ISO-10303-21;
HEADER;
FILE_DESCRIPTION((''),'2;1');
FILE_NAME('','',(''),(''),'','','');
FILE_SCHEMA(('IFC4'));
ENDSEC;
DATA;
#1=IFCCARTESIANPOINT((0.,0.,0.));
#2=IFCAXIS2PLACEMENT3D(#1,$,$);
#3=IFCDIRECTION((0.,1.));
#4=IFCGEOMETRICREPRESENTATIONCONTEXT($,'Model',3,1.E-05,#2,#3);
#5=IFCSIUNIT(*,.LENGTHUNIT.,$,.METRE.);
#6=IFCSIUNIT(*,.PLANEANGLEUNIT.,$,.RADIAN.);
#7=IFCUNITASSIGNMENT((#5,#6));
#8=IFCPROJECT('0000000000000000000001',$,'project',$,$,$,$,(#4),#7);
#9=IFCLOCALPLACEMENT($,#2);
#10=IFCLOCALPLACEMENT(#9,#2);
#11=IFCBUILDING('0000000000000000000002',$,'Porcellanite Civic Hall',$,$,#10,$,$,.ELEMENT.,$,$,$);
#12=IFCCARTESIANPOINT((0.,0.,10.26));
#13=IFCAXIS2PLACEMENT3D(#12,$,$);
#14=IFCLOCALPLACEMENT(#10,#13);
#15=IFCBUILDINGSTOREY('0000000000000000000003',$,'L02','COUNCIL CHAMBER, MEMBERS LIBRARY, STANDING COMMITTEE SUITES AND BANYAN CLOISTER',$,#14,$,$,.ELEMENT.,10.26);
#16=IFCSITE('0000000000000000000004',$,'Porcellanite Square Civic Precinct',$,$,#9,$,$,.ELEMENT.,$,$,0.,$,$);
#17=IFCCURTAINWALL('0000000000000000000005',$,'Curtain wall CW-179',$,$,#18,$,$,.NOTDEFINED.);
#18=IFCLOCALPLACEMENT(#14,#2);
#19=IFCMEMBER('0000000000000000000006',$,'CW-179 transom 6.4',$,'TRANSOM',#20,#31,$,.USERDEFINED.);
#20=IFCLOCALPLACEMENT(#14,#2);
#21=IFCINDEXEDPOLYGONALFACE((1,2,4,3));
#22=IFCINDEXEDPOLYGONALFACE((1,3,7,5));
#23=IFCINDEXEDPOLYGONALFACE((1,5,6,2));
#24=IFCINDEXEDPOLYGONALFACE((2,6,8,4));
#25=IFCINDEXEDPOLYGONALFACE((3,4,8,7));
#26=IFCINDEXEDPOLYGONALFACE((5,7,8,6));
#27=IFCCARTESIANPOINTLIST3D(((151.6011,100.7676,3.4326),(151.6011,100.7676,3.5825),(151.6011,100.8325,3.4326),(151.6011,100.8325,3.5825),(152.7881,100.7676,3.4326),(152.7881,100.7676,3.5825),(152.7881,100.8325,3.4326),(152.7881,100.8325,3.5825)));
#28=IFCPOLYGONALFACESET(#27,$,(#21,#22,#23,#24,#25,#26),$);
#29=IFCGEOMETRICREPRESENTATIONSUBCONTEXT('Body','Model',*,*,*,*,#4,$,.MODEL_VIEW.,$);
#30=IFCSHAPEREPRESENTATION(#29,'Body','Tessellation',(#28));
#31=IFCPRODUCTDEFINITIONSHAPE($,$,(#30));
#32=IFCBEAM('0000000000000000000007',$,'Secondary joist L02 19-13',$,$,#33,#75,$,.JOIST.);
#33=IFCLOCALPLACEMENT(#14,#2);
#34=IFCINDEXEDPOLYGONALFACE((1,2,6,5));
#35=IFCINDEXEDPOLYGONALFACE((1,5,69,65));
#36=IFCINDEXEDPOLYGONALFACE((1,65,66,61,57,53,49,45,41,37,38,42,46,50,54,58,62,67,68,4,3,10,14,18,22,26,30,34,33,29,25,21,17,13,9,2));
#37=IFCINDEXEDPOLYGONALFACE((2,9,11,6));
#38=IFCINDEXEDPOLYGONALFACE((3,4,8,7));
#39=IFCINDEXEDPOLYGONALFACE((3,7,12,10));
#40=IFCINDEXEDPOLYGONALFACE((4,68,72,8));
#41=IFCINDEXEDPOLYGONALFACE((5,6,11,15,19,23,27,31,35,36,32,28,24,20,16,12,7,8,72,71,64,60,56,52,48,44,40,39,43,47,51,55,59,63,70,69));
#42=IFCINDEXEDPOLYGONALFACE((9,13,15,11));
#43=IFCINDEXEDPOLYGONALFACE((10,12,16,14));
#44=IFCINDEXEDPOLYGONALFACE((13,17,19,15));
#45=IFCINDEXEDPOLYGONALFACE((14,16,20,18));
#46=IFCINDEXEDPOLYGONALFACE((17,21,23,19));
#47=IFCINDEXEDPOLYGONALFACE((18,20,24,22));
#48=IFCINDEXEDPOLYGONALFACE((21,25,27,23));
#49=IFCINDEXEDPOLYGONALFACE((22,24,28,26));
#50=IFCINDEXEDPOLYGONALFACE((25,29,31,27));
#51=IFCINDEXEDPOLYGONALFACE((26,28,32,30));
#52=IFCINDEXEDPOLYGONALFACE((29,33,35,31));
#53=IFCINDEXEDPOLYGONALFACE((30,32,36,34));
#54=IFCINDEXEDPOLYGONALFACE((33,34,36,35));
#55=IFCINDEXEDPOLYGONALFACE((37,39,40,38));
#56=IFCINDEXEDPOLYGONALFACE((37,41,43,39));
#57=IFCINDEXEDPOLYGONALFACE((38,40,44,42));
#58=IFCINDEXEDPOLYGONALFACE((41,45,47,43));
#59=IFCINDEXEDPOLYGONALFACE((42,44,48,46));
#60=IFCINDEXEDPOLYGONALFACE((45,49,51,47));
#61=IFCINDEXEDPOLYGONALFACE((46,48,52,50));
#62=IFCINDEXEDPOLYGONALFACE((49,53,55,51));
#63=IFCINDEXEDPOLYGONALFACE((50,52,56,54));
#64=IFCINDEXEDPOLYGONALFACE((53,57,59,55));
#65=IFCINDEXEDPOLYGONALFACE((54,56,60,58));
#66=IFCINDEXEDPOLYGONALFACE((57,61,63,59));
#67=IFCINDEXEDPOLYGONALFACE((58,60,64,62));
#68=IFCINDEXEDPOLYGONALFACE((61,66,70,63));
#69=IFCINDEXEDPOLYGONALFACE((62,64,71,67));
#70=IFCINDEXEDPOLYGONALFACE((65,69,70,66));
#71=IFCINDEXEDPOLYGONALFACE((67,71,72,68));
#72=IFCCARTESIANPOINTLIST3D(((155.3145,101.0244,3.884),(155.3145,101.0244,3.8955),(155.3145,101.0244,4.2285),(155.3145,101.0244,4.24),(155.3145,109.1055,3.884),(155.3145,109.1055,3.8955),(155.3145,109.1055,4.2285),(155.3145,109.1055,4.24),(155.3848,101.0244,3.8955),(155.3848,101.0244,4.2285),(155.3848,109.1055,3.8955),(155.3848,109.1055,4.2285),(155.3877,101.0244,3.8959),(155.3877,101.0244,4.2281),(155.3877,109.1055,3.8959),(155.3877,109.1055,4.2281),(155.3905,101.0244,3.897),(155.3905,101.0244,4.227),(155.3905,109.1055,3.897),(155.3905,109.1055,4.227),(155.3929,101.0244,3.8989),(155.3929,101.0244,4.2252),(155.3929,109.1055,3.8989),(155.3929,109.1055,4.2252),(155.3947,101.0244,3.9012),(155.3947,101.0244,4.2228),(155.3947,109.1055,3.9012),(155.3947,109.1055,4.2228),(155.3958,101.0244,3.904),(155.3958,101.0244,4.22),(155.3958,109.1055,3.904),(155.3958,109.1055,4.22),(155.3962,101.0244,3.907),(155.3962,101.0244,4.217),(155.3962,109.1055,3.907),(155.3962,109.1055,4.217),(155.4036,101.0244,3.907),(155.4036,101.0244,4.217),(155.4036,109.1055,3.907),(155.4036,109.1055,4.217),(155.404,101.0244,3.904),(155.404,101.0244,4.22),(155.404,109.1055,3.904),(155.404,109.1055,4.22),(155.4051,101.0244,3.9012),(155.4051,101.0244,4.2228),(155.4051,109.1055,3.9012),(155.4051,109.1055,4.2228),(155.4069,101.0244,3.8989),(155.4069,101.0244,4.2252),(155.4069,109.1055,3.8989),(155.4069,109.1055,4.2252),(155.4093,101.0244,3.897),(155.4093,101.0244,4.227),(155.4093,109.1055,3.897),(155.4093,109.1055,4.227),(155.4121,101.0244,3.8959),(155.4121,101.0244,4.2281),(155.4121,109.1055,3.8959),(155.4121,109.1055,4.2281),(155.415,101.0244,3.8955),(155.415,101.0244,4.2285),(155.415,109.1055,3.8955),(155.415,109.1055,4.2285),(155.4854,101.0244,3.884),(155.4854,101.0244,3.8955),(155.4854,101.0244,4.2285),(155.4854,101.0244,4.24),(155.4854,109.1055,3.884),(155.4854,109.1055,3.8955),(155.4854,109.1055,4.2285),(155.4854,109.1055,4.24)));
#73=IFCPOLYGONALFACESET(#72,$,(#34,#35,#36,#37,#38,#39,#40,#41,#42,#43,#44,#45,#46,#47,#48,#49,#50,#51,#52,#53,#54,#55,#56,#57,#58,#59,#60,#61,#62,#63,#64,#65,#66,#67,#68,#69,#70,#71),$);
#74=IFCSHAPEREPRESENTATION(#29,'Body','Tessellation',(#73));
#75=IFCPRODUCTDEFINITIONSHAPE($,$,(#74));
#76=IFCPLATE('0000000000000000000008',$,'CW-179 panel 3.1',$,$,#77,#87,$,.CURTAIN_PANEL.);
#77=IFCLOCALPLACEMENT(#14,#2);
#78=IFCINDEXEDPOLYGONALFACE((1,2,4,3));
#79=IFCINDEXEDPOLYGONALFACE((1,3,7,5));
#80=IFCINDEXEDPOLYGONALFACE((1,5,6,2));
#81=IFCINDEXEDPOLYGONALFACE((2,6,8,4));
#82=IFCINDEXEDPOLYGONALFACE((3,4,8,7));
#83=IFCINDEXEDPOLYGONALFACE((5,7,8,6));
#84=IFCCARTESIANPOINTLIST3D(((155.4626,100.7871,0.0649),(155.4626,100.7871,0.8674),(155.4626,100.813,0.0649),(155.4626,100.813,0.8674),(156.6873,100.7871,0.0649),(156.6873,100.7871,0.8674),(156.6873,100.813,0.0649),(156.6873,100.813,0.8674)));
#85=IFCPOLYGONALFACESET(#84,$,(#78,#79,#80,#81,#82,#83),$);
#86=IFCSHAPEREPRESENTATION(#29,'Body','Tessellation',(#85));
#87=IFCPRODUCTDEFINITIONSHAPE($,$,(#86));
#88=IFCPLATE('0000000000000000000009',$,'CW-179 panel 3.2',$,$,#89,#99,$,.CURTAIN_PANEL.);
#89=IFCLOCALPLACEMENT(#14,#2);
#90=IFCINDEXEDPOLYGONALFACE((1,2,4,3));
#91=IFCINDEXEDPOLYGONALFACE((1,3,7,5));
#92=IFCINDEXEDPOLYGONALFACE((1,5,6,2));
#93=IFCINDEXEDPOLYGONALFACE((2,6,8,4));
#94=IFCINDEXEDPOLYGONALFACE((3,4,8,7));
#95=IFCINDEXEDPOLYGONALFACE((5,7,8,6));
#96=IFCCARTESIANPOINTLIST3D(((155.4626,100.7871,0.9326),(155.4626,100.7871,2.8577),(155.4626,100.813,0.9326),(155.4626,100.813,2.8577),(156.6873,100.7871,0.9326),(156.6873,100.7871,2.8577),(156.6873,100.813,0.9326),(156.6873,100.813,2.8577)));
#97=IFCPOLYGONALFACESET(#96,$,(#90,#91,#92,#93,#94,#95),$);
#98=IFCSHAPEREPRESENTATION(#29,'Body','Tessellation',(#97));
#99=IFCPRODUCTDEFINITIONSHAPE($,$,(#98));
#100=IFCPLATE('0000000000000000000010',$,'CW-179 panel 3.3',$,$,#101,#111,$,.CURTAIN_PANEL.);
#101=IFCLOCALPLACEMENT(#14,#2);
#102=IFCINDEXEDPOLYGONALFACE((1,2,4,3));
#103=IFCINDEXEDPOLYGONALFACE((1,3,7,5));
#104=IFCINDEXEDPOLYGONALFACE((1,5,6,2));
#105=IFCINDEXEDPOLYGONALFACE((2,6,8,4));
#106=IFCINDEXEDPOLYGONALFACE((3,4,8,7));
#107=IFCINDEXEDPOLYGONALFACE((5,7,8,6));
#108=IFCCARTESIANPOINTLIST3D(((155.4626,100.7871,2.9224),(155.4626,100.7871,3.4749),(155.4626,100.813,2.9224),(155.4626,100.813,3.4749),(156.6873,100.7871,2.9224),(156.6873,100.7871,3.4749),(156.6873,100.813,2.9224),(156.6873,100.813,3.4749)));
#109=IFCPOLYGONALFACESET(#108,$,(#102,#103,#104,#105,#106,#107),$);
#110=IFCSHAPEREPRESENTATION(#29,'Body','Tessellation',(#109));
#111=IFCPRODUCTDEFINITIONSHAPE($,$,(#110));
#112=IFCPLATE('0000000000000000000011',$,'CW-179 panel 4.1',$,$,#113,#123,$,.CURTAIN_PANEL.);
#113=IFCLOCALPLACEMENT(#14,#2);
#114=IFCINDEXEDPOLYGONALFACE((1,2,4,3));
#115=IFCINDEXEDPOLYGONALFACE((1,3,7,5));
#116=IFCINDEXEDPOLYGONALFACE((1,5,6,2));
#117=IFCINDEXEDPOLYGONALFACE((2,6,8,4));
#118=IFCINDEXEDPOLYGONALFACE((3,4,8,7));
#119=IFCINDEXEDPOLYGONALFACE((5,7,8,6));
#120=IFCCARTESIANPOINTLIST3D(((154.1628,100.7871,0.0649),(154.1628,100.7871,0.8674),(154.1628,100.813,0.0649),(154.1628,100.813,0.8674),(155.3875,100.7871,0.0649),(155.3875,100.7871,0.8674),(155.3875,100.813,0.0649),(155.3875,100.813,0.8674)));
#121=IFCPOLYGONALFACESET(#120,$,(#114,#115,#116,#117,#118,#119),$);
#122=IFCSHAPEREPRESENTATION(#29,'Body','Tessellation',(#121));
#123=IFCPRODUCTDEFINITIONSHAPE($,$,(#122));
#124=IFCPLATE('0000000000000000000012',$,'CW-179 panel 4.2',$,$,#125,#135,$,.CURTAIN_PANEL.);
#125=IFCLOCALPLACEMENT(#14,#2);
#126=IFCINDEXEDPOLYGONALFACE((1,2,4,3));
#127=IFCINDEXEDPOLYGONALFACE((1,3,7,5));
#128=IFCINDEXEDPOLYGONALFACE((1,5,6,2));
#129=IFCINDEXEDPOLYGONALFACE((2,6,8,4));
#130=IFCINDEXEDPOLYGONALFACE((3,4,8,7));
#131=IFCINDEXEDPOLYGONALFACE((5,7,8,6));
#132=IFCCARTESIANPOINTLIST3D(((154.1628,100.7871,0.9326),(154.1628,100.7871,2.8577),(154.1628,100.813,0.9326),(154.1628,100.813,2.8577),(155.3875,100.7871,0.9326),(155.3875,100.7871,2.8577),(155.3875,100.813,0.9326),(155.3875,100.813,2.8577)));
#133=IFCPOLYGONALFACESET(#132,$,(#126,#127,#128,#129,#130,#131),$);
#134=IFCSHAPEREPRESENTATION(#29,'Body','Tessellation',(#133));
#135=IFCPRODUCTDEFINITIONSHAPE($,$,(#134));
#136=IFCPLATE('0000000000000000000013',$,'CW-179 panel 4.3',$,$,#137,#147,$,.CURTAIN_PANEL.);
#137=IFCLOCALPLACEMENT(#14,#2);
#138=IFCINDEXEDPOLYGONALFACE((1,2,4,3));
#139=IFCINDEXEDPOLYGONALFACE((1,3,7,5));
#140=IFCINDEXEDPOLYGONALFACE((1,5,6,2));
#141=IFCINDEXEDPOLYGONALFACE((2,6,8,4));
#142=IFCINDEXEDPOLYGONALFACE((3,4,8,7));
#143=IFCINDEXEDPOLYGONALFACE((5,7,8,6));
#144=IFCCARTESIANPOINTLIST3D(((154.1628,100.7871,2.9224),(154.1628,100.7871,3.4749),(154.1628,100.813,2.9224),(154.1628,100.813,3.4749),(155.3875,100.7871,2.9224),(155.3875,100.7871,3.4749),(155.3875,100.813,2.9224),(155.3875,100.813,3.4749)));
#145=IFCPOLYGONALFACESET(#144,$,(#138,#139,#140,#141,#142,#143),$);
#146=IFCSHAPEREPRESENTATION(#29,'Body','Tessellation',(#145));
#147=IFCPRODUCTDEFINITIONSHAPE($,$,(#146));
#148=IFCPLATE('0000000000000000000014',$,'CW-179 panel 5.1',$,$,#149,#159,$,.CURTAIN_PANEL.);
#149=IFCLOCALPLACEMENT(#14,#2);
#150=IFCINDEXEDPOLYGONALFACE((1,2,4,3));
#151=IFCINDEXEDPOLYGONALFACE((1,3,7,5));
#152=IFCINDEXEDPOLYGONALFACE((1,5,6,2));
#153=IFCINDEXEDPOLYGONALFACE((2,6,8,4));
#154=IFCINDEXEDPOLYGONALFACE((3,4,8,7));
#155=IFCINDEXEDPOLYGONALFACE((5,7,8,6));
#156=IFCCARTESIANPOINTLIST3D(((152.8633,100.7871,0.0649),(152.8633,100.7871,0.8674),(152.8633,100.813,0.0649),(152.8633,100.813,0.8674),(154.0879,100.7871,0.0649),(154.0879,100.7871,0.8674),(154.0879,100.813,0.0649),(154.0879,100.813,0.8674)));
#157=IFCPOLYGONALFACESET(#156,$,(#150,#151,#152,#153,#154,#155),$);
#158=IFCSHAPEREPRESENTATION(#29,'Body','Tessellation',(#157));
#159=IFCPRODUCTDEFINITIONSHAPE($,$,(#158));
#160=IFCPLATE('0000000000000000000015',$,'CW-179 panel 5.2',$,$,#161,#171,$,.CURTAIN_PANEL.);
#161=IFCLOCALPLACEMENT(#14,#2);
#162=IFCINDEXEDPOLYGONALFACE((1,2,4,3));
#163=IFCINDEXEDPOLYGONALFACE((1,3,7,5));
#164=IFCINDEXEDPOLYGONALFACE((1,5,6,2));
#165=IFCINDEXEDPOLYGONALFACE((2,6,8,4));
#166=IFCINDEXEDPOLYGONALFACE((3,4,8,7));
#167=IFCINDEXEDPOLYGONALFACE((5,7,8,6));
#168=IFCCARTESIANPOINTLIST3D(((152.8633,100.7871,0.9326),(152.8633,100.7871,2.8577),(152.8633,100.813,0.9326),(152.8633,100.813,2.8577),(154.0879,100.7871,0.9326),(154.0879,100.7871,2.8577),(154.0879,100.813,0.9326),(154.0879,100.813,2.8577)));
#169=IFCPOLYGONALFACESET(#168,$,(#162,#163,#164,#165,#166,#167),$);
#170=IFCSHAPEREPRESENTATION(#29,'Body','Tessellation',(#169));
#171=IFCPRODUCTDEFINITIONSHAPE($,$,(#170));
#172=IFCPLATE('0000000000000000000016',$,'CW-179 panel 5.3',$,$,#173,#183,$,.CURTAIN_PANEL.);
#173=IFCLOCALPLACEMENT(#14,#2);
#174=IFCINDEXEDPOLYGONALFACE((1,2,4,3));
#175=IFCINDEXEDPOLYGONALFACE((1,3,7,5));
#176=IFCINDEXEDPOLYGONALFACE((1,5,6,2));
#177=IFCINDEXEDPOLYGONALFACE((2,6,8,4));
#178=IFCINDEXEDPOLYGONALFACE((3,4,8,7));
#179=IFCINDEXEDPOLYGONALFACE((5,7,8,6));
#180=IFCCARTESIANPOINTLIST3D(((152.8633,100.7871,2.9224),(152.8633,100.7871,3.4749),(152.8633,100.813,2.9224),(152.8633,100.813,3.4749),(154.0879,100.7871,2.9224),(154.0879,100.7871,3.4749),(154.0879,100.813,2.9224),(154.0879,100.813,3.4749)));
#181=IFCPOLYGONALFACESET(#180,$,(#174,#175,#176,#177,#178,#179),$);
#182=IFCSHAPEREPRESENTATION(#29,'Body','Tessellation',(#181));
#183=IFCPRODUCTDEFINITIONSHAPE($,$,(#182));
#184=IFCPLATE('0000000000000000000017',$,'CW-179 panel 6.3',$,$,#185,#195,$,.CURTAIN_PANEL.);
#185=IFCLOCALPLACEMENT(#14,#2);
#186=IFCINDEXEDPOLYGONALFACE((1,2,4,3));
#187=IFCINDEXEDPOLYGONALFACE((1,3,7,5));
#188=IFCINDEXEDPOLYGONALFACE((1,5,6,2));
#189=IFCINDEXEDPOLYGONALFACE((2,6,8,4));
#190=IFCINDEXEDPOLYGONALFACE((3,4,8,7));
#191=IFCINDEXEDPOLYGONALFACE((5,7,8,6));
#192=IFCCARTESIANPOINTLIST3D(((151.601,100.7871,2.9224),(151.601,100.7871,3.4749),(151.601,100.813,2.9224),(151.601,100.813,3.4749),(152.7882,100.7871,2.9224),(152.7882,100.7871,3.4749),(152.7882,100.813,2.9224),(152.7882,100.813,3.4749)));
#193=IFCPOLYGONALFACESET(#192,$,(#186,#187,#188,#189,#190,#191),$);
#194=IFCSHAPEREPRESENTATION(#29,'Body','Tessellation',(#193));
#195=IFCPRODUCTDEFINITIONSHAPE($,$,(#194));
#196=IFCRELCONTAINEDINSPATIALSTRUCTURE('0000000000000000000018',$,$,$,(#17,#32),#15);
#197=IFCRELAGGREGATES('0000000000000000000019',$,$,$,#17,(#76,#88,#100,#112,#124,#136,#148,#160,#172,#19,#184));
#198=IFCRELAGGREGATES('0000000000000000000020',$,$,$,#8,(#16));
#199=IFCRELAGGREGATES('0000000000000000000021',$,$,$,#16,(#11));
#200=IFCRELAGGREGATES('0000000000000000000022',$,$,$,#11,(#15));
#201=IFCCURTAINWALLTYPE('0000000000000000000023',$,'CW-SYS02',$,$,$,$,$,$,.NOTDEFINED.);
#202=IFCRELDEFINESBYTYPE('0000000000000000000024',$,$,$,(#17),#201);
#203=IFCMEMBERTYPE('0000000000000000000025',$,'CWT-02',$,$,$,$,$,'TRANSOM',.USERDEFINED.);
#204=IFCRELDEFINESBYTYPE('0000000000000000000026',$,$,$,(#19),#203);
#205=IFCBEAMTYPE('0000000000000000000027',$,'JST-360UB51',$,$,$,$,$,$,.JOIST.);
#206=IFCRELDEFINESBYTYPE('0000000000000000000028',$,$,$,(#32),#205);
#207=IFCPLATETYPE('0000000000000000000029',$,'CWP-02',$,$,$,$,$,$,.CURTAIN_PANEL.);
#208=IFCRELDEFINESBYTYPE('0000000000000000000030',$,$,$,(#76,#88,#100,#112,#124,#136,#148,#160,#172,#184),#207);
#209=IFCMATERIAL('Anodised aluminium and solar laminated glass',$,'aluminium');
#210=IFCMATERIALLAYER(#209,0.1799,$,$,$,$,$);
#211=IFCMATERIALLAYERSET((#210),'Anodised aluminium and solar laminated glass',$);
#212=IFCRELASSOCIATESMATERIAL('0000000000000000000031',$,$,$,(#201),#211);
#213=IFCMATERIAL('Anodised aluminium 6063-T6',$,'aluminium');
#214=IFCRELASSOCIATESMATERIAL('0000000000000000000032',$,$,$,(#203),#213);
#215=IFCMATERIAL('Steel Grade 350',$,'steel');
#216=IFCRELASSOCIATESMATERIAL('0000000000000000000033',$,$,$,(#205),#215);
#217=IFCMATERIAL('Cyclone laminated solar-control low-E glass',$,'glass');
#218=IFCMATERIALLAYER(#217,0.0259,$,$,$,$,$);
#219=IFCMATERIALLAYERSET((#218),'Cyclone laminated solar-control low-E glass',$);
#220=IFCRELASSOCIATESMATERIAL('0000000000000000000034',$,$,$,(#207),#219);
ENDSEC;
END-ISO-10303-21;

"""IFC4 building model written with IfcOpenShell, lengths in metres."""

from ifc_helpers import new_model, si_unit, direction, frame, origin, origin_2d, place, context, subcontext, project, spatial, rectangle, i_section, extrude, material, layer, layer_set, material_profile, profile_set, type_object, element, aggregate, save


model = new_model("IFC4")

# Units and contexts
model_context = context("Model", 3, precision=1e-05, world=origin(), true_north=direction((0.0, 1.0)))
body_context = subcontext(model_context, "Body", "Model", "MODEL_VIEW")
ifc_project = project(units=[si_unit("LENGTHUNIT", "METRE"), si_unit("PLANEANGLEUNIT", "RADIAN")], contexts=[model_context])

# Site, building, storey
site_placement = place(None, origin())
site = spatial("IfcSite", under=ifc_project, at=site_placement, Name="Porcellanite Square Civic Precinct", CompositionType="ELEMENT", RefElevation=0.0)
building_placement = place(site_placement, origin())
building = spatial("IfcBuilding", under=site, at=building_placement, Name="Porcellanite Civic Hall", CompositionType="ELEMENT")
storey_placement = place(building_placement, frame((0.0, 0.0, 10.26)))
storey = spatial("IfcBuildingStorey", under=building, at=storey_placement, Name="L02", Description="COUNCIL CHAMBER, MEMBERS LIBRARY, STANDING COMMITTEE SUITES AND BANYAN CLOISTER", CompositionType="ELEMENT", Elevation=10.26)

# Curtain wall, member
ifc_material_1 = material(Name="Anodised aluminium and solar laminated glass", Category="aluminium")
ifc_layer_1 = layer(ifc_material_1, 0.1799)
ifc_layer_set_1 = layer_set([ifc_layer_1], Name="Anodised aluminium and solar laminated glass")
curtain_wall_type = type_object("IfcCurtainWallType", Name="CW-SYS02", PredefinedType="NOTDEFINED", material=ifc_layer_set_1)
curtain_wall_placement = place(storey_placement, origin())
curtain_wall = element("IfcCurtainWall", 1, at=curtain_wall_placement, inside=storey, type_object=curtain_wall_type, Name="Curtain wall CW-179", PredefinedType="NOTDEFINED")
ifc_material_2 = material(Name="Anodised aluminium 6063-T6", Category="aluminium")
ifc_material_profile_1 = material_profile(ifc_material_2, rectangle(XDim=0.0649, YDim=0.1499, at=origin_2d()), Name="AL-65x150")
ifc_profile_set_1 = profile_set([ifc_material_profile_1], Name="Anodised aluminium 6063-T6")
member_type_1 = type_object("IfcMemberType", Name="CWT-02", ElementType="TRANSOM", PredefinedType="USERDEFINED", material=ifc_profile_set_1)
member_1_placement = place(storey_placement, frame((152.7881, 100.8, 3.5076), z_axis=(-1.0, 0.0, 0.0), x_axis=(0.0, -1.0, 0.0)))
member_1 = element("IfcMember", 2, at=member_1_placement, type_object=member_type_1, Name="CW-179 transom 6.4", ObjectType="TRANSOM", PredefinedType="USERDEFINED", context=body_context, shape_type="SweptSolid", body=[
    extrude(rectangle(XDim=0.0649, YDim=0.1499, at=origin_2d()), origin(), (0.0, 0.0, 1.0), 1.187),
])

# Beam
ifc_material_3 = material(Name="Steel Grade 350", Category="steel")
ifc_material_profile_2 = material_profile(ifc_material_3, i_section(OverallWidth=0.1709, OverallDepth=0.356, WebThickness=0.0073, FlangeThickness=0.0115, FilletRadius=0.0115, at=origin_2d()), Name="360UB50.7")
ifc_profile_set_2 = profile_set([ifc_material_profile_2], Name="Steel Grade 350")
beam_type = type_object("IfcBeamType", Name="JST-360UB51", PredefinedType="JOIST", material=ifc_profile_set_2)
beam_placement = place(storey_placement, frame((155.3999, 101.0244, 4.062), z_axis=(0.0, 1.0, 0.0), x_axis=(-1.0, 0.0, 0.0)))
element("IfcBeam", 3, at=beam_placement, inside=storey, type_object=beam_type, Name="Secondary joist L02 19-13", PredefinedType="JOIST", context=body_context, shape_type="SweptSolid", body=[
    extrude(i_section(OverallWidth=0.1709, OverallDepth=0.356, WebThickness=0.0073, FlangeThickness=0.0115, FilletRadius=0.0115, at=origin_2d()), origin(), (0.0, 0.0, 1.0), 8.0811),
])

# Plates
ifc_material_4 = material(Name="Cyclone laminated solar-control low-E glass", Category="glass")
ifc_layer_2 = layer(ifc_material_4, 0.0259)
ifc_layer_set_2 = layer_set([ifc_layer_2], Name="Cyclone laminated solar-control low-E glass")
plate_type = type_object("IfcPlateType", Name="CWP-02", PredefinedType="CURTAIN_PANEL", material=ifc_layer_set_2)
plate_1_placement = place(storey_placement, frame((156.075, 100.8, 0.0649), z_axis=(0.0, 0.0, 1.0), x_axis=(-1.0, 0.0, 0.0)))
plate_1 = element("IfcPlate", 4, at=plate_1_placement, type_object=plate_type, Name="CW-179 panel 3.1", PredefinedType="CURTAIN_PANEL", context=body_context, shape_type="SweptSolid", body=[
    extrude(rectangle(XDim=1.2246, YDim=0.0259, at=origin_2d()), origin(), (0.0, 0.0, 1.0), 0.8025),
])
plate_2_placement = place(storey_placement, frame((156.075, 100.8, 0.9326), z_axis=(0.0, 0.0, 1.0), x_axis=(-1.0, 0.0, 0.0)))
plate_2 = element("IfcPlate", 5, at=plate_2_placement, type_object=plate_type, Name="CW-179 panel 3.2", PredefinedType="CURTAIN_PANEL", context=body_context, shape_type="SweptSolid", body=[
    extrude(rectangle(XDim=1.2246, YDim=0.0259, at=origin_2d()), origin(), (0.0, 0.0, 1.0), 1.925),
])
plate_3_placement = place(storey_placement, frame((156.075, 100.8, 2.9224), z_axis=(0.0, 0.0, 1.0), x_axis=(-1.0, 0.0, 0.0)))
plate_3 = element("IfcPlate", 6, at=plate_3_placement, type_object=plate_type, Name="CW-179 panel 3.3", PredefinedType="CURTAIN_PANEL", context=body_context, shape_type="SweptSolid", body=[
    extrude(rectangle(XDim=1.2246, YDim=0.0259, at=origin_2d()), origin(), (0.0, 0.0, 1.0), 0.5525),
])
plate_4_placement = place(storey_placement, frame((154.7751, 100.8, 0.0649), z_axis=(0.0, 0.0, 1.0), x_axis=(-1.0, 0.0, 0.0)))
plate_4 = element("IfcPlate", 7, at=plate_4_placement, type_object=plate_type, Name="CW-179 panel 4.1", PredefinedType="CURTAIN_PANEL", context=body_context, shape_type="SweptSolid", body=[
    extrude(rectangle(XDim=1.2246, YDim=0.0259, at=origin_2d()), origin(), (0.0, 0.0, 1.0), 0.8025),
])
plate_5_placement = place(storey_placement, frame((154.7751, 100.8, 0.9326), z_axis=(0.0, 0.0, 1.0), x_axis=(-1.0, 0.0, 0.0)))
plate_5 = element("IfcPlate", 8, at=plate_5_placement, type_object=plate_type, Name="CW-179 panel 4.2", PredefinedType="CURTAIN_PANEL", context=body_context, shape_type="SweptSolid", body=[
    extrude(rectangle(XDim=1.2246, YDim=0.0259, at=origin_2d()), origin(), (0.0, 0.0, 1.0), 1.925),
])
plate_6_placement = place(storey_placement, frame((154.7751, 100.8, 2.9224), z_axis=(0.0, 0.0, 1.0), x_axis=(-1.0, 0.0, 0.0)))
plate_6 = element("IfcPlate", 9, at=plate_6_placement, type_object=plate_type, Name="CW-179 panel 4.3", PredefinedType="CURTAIN_PANEL", context=body_context, shape_type="SweptSolid", body=[
    extrude(rectangle(XDim=1.2246, YDim=0.0259, at=origin_2d()), origin(), (0.0, 0.0, 1.0), 0.5525),
])
plate_7_placement = place(storey_placement, frame((153.4756, 100.8, 0.0649), z_axis=(0.0, 0.0, 1.0), x_axis=(-1.0, 0.0, 0.0)))
plate_7 = element("IfcPlate", 10, at=plate_7_placement, type_object=plate_type, Name="CW-179 panel 5.1", PredefinedType="CURTAIN_PANEL", context=body_context, shape_type="SweptSolid", body=[
    extrude(rectangle(XDim=1.2246, YDim=0.0259, at=origin_2d()), origin(), (0.0, 0.0, 1.0), 0.8025),
])
plate_8_placement = place(storey_placement, frame((153.4756, 100.8, 0.9326), z_axis=(0.0, 0.0, 1.0), x_axis=(-1.0, 0.0, 0.0)))
plate_8 = element("IfcPlate", 11, at=plate_8_placement, type_object=plate_type, Name="CW-179 panel 5.2", PredefinedType="CURTAIN_PANEL", context=body_context, shape_type="SweptSolid", body=[
    extrude(rectangle(XDim=1.2246, YDim=0.0259, at=origin_2d()), origin(), (0.0, 0.0, 1.0), 1.925),
])
plate_9_placement = place(storey_placement, frame((153.4756, 100.8, 2.9224), z_axis=(0.0, 0.0, 1.0), x_axis=(-1.0, 0.0, 0.0)))
plate_9 = element("IfcPlate", 12, at=plate_9_placement, type_object=plate_type, Name="CW-179 panel 5.3", PredefinedType="CURTAIN_PANEL", context=body_context, shape_type="SweptSolid", body=[
    extrude(rectangle(XDim=1.2246, YDim=0.0259, at=origin_2d()), origin(), (0.0, 0.0, 1.0), 0.5525),
])
plate_10_placement = place(storey_placement, frame((152.1946, 100.8, 2.9224), z_axis=(0.0, 0.0, 1.0), x_axis=(-1.0, 0.0, 0.0)))
plate_10 = element("IfcPlate", 13, at=plate_10_placement, type_object=plate_type, Name="CW-179 panel 6.3", PredefinedType="CURTAIN_PANEL", context=body_context, shape_type="SweptSolid", body=[
    extrude(rectangle(XDim=1.1873, YDim=0.0259, at=origin_2d()), origin(), (0.0, 0.0, 1.0), 0.5525),
])
aggregate(curtain_wall, [plate_1, plate_2, plate_3, plate_4, plate_5, plate_6, plate_7, plate_8, plate_9, member_1, plate_10])

save(model, "model.ifc")
